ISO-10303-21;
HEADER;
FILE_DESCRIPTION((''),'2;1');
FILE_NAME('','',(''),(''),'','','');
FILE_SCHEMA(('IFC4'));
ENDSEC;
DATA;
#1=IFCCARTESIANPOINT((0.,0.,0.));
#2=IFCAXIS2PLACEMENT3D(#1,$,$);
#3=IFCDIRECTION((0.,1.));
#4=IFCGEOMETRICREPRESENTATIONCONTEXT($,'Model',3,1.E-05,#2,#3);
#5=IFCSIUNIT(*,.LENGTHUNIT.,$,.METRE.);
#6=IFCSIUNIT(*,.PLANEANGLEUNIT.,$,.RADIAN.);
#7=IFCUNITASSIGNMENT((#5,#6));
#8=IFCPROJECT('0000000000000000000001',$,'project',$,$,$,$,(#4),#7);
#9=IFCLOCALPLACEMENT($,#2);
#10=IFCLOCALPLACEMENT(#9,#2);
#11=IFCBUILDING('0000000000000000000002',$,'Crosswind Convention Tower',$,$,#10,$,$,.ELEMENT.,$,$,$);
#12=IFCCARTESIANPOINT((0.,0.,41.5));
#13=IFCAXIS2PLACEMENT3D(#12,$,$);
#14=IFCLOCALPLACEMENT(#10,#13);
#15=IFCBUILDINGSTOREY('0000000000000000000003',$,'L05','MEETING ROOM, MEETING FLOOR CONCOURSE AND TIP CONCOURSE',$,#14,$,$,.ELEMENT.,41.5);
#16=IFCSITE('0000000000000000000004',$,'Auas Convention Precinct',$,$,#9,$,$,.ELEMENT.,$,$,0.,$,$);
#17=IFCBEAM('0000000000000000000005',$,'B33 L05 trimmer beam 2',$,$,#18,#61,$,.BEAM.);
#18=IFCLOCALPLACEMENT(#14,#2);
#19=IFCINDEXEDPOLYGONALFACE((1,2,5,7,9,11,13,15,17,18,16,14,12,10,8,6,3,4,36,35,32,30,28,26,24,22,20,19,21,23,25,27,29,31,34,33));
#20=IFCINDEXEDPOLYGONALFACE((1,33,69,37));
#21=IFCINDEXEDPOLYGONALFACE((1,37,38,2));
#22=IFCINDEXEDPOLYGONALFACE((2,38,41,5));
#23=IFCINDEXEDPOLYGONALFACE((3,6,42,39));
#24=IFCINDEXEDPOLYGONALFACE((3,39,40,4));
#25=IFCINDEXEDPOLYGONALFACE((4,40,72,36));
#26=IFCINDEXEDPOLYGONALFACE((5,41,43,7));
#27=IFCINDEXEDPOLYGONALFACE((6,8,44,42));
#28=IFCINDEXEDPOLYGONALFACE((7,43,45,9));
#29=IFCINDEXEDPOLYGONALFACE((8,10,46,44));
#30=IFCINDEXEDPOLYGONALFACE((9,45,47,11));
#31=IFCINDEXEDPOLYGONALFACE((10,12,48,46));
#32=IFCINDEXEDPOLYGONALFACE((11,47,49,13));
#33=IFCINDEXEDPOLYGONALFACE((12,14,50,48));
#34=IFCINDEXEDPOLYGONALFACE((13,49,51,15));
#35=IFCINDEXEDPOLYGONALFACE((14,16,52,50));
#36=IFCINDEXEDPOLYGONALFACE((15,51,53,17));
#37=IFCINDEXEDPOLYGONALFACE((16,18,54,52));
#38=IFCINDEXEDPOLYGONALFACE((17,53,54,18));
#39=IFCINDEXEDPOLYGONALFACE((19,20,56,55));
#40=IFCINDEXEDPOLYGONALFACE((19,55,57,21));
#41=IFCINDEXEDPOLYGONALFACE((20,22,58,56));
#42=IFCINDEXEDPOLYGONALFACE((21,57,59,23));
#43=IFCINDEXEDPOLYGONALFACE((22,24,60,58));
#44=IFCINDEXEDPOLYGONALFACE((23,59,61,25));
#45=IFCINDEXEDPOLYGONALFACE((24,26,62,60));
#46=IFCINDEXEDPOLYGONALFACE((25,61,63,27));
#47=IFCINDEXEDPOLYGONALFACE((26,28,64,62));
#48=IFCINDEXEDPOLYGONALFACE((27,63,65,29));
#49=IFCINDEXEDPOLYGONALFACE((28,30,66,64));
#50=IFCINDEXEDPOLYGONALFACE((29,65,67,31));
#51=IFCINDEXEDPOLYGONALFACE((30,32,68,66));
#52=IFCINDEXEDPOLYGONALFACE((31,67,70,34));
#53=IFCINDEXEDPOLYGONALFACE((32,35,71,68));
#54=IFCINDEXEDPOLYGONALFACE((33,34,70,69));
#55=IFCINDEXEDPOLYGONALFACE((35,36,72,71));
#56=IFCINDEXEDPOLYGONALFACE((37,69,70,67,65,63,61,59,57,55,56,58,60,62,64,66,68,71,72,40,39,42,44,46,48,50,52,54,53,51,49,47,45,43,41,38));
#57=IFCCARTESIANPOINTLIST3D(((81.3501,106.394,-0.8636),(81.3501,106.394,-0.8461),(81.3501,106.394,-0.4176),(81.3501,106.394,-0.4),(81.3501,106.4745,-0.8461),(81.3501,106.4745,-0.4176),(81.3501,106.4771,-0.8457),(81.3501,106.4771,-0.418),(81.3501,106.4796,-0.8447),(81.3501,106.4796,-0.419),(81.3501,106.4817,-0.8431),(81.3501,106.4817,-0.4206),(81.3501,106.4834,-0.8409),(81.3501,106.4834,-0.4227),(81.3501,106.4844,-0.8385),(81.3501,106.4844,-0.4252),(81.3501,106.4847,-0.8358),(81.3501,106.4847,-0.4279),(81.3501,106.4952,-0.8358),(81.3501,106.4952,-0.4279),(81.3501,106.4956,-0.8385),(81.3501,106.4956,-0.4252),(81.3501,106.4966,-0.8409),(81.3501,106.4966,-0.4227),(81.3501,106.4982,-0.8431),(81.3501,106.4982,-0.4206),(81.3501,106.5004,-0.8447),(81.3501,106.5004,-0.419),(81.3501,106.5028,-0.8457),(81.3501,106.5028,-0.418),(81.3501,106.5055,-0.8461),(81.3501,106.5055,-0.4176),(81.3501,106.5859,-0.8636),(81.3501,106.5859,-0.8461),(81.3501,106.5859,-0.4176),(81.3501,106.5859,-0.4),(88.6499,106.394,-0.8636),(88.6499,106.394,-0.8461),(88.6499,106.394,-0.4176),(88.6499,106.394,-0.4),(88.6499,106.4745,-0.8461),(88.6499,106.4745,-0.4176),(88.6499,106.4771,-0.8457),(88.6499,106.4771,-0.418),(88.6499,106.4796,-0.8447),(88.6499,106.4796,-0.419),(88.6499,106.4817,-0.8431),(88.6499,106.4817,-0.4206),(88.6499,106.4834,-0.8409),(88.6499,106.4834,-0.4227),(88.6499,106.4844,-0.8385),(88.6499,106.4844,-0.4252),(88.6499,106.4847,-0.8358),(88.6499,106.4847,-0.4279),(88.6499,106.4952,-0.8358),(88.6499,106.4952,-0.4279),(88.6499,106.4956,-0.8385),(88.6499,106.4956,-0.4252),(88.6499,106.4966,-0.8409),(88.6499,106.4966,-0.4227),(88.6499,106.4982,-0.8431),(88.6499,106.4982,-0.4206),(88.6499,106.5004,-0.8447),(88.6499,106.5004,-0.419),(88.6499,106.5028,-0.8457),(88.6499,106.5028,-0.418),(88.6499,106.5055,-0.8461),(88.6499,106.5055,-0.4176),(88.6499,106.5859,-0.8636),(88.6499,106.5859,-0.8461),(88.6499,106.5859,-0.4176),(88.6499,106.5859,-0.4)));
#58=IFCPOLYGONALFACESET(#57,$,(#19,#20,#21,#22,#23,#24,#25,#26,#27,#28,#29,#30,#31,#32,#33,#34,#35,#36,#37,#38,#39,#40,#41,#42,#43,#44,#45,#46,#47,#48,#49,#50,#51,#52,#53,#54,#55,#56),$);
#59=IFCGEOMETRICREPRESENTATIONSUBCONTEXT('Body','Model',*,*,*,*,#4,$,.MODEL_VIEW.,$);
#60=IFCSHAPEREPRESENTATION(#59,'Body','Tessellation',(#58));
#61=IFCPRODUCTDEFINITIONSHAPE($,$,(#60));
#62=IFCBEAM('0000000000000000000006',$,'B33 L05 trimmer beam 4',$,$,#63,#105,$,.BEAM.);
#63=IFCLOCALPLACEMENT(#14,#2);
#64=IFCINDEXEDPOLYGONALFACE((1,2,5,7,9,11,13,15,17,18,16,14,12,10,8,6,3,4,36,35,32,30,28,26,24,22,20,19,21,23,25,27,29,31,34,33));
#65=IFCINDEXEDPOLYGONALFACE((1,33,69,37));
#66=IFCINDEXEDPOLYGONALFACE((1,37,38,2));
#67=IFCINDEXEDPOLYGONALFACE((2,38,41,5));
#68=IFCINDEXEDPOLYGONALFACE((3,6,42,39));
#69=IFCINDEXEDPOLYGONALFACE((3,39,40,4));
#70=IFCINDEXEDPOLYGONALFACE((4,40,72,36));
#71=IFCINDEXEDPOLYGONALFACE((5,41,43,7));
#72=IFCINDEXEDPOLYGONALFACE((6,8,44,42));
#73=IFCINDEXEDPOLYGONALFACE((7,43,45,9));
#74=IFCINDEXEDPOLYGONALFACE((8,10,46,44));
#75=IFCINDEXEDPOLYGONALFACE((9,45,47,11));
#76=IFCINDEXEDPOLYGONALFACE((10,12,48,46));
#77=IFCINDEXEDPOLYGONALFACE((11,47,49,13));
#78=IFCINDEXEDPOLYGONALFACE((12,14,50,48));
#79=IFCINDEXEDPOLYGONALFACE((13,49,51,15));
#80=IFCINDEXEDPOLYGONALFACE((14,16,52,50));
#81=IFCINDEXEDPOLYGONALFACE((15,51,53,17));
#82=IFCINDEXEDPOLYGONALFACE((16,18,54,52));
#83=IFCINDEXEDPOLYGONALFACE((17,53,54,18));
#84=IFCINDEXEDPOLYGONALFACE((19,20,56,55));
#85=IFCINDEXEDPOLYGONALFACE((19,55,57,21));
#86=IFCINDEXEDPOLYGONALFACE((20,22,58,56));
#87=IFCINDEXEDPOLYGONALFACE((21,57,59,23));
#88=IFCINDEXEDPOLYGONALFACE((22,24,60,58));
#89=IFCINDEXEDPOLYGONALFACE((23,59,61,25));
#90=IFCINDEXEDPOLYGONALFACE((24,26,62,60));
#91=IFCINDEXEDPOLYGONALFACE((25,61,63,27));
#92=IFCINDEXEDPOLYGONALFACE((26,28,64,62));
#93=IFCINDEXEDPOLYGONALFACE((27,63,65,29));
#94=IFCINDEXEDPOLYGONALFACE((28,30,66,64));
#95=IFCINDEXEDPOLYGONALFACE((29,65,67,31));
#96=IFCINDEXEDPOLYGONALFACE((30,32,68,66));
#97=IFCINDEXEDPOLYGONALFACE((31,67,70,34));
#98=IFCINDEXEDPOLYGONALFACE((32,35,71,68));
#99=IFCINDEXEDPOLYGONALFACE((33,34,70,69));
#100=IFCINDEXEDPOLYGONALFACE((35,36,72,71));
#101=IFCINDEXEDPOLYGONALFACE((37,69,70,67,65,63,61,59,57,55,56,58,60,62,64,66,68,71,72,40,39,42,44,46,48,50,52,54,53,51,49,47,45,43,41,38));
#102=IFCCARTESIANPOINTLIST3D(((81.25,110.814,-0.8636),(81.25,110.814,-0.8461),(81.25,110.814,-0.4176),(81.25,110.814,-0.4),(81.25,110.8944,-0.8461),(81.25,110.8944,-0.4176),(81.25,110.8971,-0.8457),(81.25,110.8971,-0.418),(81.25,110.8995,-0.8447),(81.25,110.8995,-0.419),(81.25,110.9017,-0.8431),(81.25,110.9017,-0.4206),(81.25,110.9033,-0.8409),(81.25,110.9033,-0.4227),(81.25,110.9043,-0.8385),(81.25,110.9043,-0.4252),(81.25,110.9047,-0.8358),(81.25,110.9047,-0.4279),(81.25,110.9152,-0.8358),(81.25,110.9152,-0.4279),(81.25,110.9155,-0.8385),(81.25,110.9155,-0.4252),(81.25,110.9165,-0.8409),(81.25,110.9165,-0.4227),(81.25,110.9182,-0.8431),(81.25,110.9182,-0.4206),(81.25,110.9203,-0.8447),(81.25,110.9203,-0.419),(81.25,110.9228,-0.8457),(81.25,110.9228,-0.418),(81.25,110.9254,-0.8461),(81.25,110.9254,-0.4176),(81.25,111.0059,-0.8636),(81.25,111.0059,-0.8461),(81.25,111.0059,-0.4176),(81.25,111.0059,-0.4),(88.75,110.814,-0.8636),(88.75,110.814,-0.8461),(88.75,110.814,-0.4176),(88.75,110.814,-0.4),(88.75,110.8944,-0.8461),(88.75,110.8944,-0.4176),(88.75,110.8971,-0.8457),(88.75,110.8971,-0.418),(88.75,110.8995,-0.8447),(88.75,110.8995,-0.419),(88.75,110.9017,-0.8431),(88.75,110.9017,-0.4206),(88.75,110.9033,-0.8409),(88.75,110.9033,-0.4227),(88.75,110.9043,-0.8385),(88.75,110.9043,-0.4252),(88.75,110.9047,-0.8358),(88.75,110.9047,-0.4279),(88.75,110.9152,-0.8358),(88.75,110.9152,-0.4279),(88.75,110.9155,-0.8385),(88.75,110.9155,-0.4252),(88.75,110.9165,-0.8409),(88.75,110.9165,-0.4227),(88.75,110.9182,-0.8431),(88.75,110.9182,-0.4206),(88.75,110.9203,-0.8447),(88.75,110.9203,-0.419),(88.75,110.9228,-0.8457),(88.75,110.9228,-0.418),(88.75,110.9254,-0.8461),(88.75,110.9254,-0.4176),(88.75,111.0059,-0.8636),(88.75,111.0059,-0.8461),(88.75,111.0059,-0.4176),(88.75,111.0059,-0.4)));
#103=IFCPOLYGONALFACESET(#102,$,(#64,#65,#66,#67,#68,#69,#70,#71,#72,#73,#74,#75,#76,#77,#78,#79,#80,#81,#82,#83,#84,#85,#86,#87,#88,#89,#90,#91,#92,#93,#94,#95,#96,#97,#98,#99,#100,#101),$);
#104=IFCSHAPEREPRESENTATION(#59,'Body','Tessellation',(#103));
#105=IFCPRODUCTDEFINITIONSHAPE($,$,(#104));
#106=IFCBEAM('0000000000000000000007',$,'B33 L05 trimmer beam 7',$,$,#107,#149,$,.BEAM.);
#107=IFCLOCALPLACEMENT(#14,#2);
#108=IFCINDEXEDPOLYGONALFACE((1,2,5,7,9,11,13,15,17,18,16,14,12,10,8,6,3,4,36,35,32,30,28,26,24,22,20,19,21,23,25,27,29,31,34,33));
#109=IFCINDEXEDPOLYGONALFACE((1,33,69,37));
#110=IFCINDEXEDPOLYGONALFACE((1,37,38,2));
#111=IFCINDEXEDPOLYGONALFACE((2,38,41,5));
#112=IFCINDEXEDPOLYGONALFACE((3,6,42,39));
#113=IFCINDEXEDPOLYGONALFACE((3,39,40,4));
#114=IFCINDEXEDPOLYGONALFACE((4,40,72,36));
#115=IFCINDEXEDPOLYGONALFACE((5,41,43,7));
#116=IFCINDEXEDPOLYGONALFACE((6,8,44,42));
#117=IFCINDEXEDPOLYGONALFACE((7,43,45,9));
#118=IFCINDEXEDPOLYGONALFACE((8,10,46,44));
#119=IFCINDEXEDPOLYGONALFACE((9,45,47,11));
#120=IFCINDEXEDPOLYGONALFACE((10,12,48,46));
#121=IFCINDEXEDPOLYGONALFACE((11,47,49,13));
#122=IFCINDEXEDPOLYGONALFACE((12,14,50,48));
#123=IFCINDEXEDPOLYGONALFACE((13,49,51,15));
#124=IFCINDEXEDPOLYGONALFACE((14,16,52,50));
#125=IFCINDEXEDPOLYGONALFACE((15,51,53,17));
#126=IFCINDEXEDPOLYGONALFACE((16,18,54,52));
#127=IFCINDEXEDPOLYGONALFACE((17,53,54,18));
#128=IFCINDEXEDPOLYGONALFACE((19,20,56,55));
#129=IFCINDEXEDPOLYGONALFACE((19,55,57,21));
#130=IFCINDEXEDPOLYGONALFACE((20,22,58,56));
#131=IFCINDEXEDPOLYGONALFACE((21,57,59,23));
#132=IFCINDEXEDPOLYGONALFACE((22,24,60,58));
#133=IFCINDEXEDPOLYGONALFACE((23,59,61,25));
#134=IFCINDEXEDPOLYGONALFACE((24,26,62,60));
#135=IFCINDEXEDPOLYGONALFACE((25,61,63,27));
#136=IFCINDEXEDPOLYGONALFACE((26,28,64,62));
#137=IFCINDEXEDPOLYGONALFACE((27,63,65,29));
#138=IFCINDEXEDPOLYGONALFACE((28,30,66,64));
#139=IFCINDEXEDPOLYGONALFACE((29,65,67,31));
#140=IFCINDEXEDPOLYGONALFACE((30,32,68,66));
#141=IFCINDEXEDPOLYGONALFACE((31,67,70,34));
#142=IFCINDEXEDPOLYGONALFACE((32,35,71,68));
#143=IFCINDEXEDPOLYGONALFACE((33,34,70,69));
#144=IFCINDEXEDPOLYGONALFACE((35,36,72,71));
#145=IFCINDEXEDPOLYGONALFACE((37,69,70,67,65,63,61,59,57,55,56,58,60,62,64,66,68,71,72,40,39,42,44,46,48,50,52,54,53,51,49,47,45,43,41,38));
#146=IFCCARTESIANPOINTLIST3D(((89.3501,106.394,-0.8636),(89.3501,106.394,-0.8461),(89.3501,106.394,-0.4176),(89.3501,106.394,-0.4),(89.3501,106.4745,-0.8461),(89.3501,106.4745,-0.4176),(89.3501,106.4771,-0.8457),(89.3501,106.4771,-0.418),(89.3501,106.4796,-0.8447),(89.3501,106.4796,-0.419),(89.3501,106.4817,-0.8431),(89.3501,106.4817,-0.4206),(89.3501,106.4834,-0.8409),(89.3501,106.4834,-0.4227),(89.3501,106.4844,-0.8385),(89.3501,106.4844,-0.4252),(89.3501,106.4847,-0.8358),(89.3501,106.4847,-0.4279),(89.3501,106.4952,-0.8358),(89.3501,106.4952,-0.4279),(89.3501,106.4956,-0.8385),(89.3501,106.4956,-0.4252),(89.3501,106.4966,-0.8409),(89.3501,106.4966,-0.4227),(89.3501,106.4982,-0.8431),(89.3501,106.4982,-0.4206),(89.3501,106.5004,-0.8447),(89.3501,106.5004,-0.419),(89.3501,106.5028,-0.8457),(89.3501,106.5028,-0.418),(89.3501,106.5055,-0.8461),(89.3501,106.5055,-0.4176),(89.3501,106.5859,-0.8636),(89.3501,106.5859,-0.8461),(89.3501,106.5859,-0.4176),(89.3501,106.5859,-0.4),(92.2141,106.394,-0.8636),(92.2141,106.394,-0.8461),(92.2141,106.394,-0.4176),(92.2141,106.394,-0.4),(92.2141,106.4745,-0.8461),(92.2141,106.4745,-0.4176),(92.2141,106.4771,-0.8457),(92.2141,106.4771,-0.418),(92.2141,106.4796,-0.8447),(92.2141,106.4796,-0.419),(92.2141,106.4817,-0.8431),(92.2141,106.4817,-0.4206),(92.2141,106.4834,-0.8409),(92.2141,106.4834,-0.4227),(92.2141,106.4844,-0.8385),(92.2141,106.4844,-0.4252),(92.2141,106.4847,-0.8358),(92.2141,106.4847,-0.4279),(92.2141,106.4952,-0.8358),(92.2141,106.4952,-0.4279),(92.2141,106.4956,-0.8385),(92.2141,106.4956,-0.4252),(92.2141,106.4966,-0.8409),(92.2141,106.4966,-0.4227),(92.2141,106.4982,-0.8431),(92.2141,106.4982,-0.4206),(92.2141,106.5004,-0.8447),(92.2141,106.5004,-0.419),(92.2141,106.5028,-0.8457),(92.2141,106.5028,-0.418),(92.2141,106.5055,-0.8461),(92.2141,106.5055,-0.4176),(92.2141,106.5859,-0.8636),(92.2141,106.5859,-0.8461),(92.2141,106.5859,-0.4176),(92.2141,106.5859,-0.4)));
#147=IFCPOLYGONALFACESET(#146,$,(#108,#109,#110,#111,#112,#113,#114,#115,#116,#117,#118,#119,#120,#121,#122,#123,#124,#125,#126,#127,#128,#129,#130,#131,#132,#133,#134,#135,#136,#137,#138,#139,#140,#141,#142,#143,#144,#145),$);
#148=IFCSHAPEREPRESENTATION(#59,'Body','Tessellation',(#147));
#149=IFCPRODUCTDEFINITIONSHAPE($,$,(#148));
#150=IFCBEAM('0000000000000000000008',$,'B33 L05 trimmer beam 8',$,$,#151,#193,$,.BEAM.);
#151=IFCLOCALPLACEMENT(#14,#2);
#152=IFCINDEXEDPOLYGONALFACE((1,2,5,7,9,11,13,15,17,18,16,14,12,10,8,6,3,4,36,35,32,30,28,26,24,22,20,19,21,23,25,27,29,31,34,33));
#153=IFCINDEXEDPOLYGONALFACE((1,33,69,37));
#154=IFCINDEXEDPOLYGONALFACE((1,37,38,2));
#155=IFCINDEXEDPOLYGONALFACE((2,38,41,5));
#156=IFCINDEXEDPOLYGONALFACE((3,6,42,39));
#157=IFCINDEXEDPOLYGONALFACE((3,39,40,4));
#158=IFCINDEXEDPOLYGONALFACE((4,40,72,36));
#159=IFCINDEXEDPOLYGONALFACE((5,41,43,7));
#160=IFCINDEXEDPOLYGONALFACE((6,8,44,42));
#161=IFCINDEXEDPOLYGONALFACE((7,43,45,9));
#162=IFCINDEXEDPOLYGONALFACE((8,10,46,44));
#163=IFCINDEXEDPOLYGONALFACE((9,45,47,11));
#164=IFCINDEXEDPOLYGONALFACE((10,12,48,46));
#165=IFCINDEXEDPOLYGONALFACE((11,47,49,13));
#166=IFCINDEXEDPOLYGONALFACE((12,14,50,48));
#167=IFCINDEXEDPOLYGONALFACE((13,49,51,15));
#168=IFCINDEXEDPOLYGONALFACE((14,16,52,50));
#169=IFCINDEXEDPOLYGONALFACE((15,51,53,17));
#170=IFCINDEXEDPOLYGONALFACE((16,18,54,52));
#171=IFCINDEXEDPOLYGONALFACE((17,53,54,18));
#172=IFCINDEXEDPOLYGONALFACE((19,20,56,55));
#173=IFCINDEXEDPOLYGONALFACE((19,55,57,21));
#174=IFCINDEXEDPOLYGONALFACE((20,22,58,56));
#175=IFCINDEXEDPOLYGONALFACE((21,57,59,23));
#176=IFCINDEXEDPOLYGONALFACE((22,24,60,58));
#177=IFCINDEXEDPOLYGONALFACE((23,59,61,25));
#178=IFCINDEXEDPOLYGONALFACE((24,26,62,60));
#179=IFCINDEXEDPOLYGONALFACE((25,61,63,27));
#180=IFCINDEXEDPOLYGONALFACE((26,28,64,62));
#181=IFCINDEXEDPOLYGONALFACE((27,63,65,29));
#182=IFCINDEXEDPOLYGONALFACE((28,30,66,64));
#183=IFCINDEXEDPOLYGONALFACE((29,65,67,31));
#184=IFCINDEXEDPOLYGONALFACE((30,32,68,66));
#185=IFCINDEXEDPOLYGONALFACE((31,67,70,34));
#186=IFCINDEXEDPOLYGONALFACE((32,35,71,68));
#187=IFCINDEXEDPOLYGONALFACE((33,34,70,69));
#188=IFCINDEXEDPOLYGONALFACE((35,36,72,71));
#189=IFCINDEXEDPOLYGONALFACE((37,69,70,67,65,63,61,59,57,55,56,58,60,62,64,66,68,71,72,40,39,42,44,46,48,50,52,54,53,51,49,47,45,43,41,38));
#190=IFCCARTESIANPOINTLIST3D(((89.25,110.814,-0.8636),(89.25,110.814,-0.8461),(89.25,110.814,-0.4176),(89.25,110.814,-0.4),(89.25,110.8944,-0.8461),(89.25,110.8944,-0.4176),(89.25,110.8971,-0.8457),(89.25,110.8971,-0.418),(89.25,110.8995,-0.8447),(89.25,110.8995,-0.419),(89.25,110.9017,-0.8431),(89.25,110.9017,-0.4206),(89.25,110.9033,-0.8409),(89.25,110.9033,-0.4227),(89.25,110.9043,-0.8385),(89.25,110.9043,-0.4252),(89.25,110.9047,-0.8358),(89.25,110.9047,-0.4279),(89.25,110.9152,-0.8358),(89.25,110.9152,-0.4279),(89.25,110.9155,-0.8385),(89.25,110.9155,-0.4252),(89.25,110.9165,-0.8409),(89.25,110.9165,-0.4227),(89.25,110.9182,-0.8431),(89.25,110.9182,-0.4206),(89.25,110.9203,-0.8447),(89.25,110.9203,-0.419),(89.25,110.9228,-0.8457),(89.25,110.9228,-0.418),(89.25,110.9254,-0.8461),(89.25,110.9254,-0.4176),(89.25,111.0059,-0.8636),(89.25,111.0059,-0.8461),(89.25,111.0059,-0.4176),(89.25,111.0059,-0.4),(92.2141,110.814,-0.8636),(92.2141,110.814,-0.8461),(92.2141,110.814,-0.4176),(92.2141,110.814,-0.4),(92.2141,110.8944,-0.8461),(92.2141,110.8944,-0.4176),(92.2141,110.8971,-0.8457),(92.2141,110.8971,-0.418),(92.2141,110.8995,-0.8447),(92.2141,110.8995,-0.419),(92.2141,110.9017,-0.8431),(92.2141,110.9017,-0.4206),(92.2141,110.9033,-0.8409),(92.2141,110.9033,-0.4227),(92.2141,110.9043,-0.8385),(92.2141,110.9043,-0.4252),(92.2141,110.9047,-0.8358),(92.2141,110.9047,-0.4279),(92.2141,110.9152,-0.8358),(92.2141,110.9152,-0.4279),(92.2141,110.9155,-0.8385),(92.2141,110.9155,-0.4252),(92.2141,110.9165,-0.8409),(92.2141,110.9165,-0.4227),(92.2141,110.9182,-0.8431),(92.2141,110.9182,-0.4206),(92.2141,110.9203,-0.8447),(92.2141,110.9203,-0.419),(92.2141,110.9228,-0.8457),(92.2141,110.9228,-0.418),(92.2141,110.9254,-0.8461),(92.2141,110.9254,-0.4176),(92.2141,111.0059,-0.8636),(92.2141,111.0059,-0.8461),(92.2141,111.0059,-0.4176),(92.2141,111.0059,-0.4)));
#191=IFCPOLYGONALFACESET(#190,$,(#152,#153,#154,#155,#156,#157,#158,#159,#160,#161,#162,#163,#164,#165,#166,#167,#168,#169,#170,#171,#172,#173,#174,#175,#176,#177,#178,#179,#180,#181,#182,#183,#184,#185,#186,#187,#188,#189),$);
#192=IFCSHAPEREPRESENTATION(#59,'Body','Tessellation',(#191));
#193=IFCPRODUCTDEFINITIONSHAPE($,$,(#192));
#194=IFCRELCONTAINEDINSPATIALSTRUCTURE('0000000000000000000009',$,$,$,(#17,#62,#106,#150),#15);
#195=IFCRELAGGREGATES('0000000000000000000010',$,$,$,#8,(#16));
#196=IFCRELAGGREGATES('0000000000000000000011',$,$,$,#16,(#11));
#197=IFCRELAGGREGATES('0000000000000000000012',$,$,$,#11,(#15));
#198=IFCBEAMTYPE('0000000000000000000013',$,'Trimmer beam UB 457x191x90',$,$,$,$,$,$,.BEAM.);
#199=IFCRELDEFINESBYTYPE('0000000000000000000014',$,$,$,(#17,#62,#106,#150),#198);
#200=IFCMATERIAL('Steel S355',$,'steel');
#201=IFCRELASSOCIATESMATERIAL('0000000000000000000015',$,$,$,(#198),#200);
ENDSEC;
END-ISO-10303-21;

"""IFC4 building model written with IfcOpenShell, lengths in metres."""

from ifc_helpers import new_model, si_unit, direction, frame, origin, origin_2d, place, context, subcontext, project, spatial, i_section, extrude, material, material_profile, profile_set, type_object, element, save


model = new_model("IFC4")

# Units and contexts
model_context = context("Model", 3, precision=1e-05, world=origin(), true_north=direction((0.0, 1.0)))
body_context = subcontext(model_context, "Body", "Model", "MODEL_VIEW")
ifc_project = project(units=[si_unit("LENGTHUNIT", "METRE"), si_unit("PLANEANGLEUNIT", "RADIAN")], contexts=[model_context])

# Site, building, storey
site_placement = place(None, origin())
site = spatial("IfcSite", under=ifc_project, at=site_placement, Name="Auas Convention Precinct", CompositionType="ELEMENT", RefElevation=0.0)
building_placement = place(site_placement, origin())
building = spatial("IfcBuilding", under=site, at=building_placement, Name="Crosswind Convention Tower", CompositionType="ELEMENT")
storey_placement = place(building_placement, frame((0.0, 0.0, 41.5)))
storey = spatial("IfcBuildingStorey", under=building, at=storey_placement, Name="L05", Description="MEETING ROOM, MEETING FLOOR CONCOURSE AND TIP CONCOURSE", CompositionType="ELEMENT", Elevation=41.5)

# Beams
ifc_material_1 = material(Name="Steel S355", Category="steel")
ifc_material_profile_1 = material_profile(ifc_material_1, i_section(OverallWidth=0.1919, OverallDepth=0.4636, WebThickness=0.0105, FlangeThickness=0.0176, FilletRadius=0.0103, at=origin_2d()), Name="UB 457x191x90")
ifc_profile_set_1 = profile_set([ifc_material_profile_1], Name="Steel S355")
beam_type_1 = type_object("IfcBeamType", Name="Trimmer beam UB 457x191x90", PredefinedType="BEAM", material=ifc_profile_set_1)
beam_1_placement = place(storey_placement, frame((88.6499, 106.49, -0.6318), z_axis=(-1.0, 0.0, 0.0), x_axis=(0.0, -1.0, 0.0)))
element("IfcBeam", 1, at=beam_1_placement, inside=storey, type_object=beam_type_1, Name="B33 L05 trimmer beam 2", PredefinedType="BEAM", context=body_context, shape_type="SweptSolid", body=[
    extrude(i_section(OverallWidth=0.1919, OverallDepth=0.4636, WebThickness=0.0105, FlangeThickness=0.0176, FilletRadius=0.0103, at=origin_2d()), origin(), (0.0, 0.0, 1.0), 7.2998),
])
beam_2_placement = place(storey_placement, frame((88.75, 110.9099, -0.6318), z_axis=(-1.0, 0.0, 0.0), x_axis=(0.0, -1.0, 0.0)))
element("IfcBeam", 2, at=beam_2_placement, inside=storey, type_object=beam_type_1, Name="B33 L05 trimmer beam 4", PredefinedType="BEAM", context=body_context, shape_type="SweptSolid", body=[
    extrude(i_section(OverallWidth=0.1919, OverallDepth=0.4636, WebThickness=0.0105, FlangeThickness=0.0176, FilletRadius=0.0103, at=origin_2d()), origin(), (0.0, 0.0, 1.0), 7.5),
])
beam_3_placement = place(storey_placement, frame((92.2141, 106.49, -0.6318), z_axis=(-1.0, 0.0, 0.0), x_axis=(0.0, -1.0, 0.0)))
element("IfcBeam", 3, at=beam_3_placement, inside=storey, type_object=beam_type_1, Name="B33 L05 trimmer beam 7", PredefinedType="BEAM", context=body_context, shape_type="SweptSolid", body=[
    extrude(i_section(OverallWidth=0.1919, OverallDepth=0.4636, WebThickness=0.0105, FlangeThickness=0.0176, FilletRadius=0.0103, at=origin_2d()), origin(), (0.0, 0.0, 1.0), 2.864),
])
beam_4_placement = place(storey_placement, frame((92.2141, 110.9099, -0.6318), z_axis=(-1.0, 0.0, 0.0), x_axis=(0.0, -1.0, 0.0)))
element("IfcBeam", 4, at=beam_4_placement, inside=storey, type_object=beam_type_1, Name="B33 L05 trimmer beam 8", PredefinedType="BEAM", context=body_context, shape_type="SweptSolid", body=[
    extrude(i_section(OverallWidth=0.1919, OverallDepth=0.4636, WebThickness=0.0105, FlangeThickness=0.0176, FilletRadius=0.0103, at=origin_2d()), origin(), (0.0, 0.0, 1.0), 2.9641),
])

save(model, "model.ifc")
